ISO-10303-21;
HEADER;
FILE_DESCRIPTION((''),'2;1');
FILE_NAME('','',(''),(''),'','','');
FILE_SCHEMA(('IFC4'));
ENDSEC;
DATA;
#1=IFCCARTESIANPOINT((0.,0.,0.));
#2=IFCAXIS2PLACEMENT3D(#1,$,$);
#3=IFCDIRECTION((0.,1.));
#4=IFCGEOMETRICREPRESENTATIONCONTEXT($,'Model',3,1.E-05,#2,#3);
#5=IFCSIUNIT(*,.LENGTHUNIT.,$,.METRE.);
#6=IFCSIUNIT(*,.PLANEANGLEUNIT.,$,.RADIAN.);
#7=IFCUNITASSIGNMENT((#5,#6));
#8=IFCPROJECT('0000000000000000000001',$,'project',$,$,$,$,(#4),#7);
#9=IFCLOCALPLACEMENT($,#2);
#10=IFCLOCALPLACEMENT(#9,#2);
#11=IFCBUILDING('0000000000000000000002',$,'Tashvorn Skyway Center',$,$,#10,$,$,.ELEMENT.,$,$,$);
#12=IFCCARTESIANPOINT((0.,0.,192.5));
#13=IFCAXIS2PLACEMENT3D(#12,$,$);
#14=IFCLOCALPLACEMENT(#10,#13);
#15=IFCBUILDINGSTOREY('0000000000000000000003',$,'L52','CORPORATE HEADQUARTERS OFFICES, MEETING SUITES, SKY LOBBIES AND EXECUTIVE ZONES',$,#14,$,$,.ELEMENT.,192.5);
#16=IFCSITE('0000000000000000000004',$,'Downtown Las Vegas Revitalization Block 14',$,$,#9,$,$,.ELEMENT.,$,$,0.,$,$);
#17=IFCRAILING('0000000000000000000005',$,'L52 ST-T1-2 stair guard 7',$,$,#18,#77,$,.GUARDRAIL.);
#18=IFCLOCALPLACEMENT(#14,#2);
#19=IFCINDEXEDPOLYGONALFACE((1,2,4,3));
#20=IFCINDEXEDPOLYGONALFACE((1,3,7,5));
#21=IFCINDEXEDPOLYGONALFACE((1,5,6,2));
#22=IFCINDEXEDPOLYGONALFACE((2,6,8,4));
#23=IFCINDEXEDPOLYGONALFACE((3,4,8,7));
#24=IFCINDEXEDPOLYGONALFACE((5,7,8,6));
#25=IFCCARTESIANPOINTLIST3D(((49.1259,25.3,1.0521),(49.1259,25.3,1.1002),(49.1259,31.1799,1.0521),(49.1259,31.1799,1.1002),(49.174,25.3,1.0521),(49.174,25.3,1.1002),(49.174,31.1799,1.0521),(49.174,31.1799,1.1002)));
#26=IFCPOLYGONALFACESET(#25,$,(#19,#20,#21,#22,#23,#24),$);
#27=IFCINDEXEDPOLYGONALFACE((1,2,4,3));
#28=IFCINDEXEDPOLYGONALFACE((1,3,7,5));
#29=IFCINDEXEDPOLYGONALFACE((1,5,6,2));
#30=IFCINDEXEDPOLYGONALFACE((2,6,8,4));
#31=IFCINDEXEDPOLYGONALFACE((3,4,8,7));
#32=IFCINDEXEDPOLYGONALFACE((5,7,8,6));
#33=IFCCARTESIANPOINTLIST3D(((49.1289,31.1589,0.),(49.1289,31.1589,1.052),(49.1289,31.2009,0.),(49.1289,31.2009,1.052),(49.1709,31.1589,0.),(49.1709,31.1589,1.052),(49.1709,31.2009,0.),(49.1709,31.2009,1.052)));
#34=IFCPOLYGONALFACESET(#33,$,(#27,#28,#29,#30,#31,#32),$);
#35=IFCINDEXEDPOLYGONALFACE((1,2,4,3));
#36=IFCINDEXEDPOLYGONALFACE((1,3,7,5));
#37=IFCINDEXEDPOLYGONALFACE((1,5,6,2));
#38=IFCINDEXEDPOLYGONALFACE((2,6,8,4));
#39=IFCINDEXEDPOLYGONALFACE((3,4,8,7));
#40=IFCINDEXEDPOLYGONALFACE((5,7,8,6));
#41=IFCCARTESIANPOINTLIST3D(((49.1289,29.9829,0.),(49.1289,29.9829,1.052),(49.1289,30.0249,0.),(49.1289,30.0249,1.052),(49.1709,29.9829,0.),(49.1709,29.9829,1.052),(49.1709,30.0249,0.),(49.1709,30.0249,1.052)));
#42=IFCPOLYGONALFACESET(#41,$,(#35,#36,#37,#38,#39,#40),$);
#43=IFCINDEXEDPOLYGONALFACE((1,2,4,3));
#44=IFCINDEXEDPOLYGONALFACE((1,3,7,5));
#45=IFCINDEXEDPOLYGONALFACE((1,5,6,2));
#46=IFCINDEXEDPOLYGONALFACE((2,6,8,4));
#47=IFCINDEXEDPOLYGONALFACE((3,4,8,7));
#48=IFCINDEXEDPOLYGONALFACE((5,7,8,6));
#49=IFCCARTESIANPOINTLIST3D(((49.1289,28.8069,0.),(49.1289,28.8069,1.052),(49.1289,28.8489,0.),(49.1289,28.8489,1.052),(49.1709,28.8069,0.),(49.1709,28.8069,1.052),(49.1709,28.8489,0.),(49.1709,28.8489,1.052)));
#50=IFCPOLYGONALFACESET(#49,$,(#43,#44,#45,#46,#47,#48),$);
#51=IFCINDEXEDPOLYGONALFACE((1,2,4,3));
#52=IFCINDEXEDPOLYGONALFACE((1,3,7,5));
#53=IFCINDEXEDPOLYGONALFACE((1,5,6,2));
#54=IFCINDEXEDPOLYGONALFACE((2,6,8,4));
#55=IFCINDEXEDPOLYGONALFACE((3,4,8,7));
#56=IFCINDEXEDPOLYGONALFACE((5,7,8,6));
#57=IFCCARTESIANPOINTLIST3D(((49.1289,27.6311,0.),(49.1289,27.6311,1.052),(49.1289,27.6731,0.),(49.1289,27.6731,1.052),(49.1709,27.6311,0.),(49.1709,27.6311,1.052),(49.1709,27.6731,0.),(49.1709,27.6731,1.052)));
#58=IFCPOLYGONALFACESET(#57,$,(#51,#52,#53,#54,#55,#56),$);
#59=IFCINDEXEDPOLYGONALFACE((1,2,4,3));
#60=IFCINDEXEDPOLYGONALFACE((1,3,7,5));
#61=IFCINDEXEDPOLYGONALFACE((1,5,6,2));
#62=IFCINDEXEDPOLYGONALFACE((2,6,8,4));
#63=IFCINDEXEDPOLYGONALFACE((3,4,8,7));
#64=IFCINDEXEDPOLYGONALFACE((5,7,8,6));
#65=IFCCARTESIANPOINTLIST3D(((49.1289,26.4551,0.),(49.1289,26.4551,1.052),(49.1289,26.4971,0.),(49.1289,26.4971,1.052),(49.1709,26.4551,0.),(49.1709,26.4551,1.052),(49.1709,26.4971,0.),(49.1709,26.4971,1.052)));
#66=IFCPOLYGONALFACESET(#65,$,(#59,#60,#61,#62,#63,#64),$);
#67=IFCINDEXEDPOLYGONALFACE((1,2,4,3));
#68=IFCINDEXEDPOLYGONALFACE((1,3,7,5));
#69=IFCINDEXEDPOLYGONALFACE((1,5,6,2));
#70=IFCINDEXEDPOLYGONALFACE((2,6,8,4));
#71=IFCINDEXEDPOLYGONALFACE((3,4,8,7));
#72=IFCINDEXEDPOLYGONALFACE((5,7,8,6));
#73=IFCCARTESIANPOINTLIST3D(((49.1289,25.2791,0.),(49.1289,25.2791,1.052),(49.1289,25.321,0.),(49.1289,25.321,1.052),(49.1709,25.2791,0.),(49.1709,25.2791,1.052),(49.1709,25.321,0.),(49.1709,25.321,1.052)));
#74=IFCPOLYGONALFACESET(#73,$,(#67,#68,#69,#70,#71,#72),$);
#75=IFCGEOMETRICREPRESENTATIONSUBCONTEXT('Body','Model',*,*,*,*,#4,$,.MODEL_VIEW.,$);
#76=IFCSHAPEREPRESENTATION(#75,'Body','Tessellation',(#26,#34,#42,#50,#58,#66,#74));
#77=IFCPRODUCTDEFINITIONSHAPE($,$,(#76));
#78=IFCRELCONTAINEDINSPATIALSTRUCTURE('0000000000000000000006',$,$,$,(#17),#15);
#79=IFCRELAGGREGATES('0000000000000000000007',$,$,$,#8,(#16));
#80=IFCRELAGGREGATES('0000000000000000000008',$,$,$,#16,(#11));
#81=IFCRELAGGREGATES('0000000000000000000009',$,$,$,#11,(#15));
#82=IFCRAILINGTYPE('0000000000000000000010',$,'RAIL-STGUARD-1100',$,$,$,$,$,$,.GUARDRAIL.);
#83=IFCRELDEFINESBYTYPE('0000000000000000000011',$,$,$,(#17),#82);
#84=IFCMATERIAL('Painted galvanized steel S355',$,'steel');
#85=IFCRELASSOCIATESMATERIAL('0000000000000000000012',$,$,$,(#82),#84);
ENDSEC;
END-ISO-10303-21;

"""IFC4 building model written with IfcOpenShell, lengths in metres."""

from ifc_helpers import new_model, si_unit, direction, frame, origin, origin_2d, place, context, subcontext, project, spatial, rectangle, extrude, material, type_object, element, save


model = new_model("IFC4")

# Units and contexts
model_context = context("Model", 3, precision=1e-05, world=origin(), true_north=direction((0.0, 1.0)))
body_context = subcontext(model_context, "Body", "Model", "MODEL_VIEW")
ifc_project = project(units=[si_unit("LENGTHUNIT", "METRE"), si_unit("PLANEANGLEUNIT", "RADIAN")], contexts=[model_context])

# Site, building, storey
site_placement = place(None, origin())
site = spatial("IfcSite", under=ifc_project, at=site_placement, Name="Downtown Las Vegas Revitalization Block 14", CompositionType="ELEMENT", RefElevation=0.0)
building_placement = place(site_placement, origin())
building = spatial("IfcBuilding", under=site, at=building_placement, Name="Tashvorn Skyway Center", CompositionType="ELEMENT")
storey_placement = place(building_placement, frame((0.0, 0.0, 192.5)))
storey = spatial("IfcBuildingStorey", under=building, at=storey_placement, Name="L52", Description="CORPORATE HEADQUARTERS OFFICES, MEETING SUITES, SKY LOBBIES AND EXECUTIVE ZONES", CompositionType="ELEMENT", Elevation=192.5)

# Railing
ifc_material_1 = material(Name="Painted galvanized steel S355", Category="steel")
railing_type_1 = type_object("IfcRailingType", Name="RAIL-STGUARD-1100", PredefinedType="GUARDRAIL", material=ifc_material_1)
railing_1_placement = place(storey_placement, frame((49.1499, 31.1799, 0.0)))
element("IfcRailing", 1, at=railing_1_placement, inside=storey, type_object=railing_type_1, Name="L52 ST-T1-2 stair guard 7", PredefinedType="GUARDRAIL", context=body_context, shape_type="SweptSolid", body=[
    extrude(rectangle(XDim=0.0481, YDim=0.0481, at=origin_2d()), frame((0.0, 0.0, 1.0762), z_axis=(0.0, -1.0, 0.0), x_axis=(1.0, 0.0, 0.0)), (0.0, 0.0, 1.0), 5.8799),
    extrude(rectangle(XDim=0.042, YDim=0.042, at=origin_2d()), origin(), (0.0, 0.0, 1.0), 1.052),
    extrude(rectangle(XDim=0.042, YDim=0.042, at=origin_2d()), frame((0.0, -1.176, 0.0)), (0.0, 0.0, 1.0), 1.052),
    extrude(rectangle(XDim=0.042, YDim=0.042, at=origin_2d()), frame((0.0, -2.3521, 0.0)), (0.0, 0.0, 1.0), 1.052),
    extrude(rectangle(XDim=0.042, YDim=0.042, at=origin_2d()), frame((0.0, -3.5278, 0.0)), (0.0, 0.0, 1.0), 1.052),
    extrude(rectangle(XDim=0.042, YDim=0.042, at=origin_2d()), frame((0.0, -4.7039, 0.0)), (0.0, 0.0, 1.0), 1.052),
    extrude(rectangle(XDim=0.042, YDim=0.042, at=origin_2d()), frame((0.0, -5.8799, 0.0)), (0.0, 0.0, 1.0), 1.052),
])

save(model, "model.ifc")
